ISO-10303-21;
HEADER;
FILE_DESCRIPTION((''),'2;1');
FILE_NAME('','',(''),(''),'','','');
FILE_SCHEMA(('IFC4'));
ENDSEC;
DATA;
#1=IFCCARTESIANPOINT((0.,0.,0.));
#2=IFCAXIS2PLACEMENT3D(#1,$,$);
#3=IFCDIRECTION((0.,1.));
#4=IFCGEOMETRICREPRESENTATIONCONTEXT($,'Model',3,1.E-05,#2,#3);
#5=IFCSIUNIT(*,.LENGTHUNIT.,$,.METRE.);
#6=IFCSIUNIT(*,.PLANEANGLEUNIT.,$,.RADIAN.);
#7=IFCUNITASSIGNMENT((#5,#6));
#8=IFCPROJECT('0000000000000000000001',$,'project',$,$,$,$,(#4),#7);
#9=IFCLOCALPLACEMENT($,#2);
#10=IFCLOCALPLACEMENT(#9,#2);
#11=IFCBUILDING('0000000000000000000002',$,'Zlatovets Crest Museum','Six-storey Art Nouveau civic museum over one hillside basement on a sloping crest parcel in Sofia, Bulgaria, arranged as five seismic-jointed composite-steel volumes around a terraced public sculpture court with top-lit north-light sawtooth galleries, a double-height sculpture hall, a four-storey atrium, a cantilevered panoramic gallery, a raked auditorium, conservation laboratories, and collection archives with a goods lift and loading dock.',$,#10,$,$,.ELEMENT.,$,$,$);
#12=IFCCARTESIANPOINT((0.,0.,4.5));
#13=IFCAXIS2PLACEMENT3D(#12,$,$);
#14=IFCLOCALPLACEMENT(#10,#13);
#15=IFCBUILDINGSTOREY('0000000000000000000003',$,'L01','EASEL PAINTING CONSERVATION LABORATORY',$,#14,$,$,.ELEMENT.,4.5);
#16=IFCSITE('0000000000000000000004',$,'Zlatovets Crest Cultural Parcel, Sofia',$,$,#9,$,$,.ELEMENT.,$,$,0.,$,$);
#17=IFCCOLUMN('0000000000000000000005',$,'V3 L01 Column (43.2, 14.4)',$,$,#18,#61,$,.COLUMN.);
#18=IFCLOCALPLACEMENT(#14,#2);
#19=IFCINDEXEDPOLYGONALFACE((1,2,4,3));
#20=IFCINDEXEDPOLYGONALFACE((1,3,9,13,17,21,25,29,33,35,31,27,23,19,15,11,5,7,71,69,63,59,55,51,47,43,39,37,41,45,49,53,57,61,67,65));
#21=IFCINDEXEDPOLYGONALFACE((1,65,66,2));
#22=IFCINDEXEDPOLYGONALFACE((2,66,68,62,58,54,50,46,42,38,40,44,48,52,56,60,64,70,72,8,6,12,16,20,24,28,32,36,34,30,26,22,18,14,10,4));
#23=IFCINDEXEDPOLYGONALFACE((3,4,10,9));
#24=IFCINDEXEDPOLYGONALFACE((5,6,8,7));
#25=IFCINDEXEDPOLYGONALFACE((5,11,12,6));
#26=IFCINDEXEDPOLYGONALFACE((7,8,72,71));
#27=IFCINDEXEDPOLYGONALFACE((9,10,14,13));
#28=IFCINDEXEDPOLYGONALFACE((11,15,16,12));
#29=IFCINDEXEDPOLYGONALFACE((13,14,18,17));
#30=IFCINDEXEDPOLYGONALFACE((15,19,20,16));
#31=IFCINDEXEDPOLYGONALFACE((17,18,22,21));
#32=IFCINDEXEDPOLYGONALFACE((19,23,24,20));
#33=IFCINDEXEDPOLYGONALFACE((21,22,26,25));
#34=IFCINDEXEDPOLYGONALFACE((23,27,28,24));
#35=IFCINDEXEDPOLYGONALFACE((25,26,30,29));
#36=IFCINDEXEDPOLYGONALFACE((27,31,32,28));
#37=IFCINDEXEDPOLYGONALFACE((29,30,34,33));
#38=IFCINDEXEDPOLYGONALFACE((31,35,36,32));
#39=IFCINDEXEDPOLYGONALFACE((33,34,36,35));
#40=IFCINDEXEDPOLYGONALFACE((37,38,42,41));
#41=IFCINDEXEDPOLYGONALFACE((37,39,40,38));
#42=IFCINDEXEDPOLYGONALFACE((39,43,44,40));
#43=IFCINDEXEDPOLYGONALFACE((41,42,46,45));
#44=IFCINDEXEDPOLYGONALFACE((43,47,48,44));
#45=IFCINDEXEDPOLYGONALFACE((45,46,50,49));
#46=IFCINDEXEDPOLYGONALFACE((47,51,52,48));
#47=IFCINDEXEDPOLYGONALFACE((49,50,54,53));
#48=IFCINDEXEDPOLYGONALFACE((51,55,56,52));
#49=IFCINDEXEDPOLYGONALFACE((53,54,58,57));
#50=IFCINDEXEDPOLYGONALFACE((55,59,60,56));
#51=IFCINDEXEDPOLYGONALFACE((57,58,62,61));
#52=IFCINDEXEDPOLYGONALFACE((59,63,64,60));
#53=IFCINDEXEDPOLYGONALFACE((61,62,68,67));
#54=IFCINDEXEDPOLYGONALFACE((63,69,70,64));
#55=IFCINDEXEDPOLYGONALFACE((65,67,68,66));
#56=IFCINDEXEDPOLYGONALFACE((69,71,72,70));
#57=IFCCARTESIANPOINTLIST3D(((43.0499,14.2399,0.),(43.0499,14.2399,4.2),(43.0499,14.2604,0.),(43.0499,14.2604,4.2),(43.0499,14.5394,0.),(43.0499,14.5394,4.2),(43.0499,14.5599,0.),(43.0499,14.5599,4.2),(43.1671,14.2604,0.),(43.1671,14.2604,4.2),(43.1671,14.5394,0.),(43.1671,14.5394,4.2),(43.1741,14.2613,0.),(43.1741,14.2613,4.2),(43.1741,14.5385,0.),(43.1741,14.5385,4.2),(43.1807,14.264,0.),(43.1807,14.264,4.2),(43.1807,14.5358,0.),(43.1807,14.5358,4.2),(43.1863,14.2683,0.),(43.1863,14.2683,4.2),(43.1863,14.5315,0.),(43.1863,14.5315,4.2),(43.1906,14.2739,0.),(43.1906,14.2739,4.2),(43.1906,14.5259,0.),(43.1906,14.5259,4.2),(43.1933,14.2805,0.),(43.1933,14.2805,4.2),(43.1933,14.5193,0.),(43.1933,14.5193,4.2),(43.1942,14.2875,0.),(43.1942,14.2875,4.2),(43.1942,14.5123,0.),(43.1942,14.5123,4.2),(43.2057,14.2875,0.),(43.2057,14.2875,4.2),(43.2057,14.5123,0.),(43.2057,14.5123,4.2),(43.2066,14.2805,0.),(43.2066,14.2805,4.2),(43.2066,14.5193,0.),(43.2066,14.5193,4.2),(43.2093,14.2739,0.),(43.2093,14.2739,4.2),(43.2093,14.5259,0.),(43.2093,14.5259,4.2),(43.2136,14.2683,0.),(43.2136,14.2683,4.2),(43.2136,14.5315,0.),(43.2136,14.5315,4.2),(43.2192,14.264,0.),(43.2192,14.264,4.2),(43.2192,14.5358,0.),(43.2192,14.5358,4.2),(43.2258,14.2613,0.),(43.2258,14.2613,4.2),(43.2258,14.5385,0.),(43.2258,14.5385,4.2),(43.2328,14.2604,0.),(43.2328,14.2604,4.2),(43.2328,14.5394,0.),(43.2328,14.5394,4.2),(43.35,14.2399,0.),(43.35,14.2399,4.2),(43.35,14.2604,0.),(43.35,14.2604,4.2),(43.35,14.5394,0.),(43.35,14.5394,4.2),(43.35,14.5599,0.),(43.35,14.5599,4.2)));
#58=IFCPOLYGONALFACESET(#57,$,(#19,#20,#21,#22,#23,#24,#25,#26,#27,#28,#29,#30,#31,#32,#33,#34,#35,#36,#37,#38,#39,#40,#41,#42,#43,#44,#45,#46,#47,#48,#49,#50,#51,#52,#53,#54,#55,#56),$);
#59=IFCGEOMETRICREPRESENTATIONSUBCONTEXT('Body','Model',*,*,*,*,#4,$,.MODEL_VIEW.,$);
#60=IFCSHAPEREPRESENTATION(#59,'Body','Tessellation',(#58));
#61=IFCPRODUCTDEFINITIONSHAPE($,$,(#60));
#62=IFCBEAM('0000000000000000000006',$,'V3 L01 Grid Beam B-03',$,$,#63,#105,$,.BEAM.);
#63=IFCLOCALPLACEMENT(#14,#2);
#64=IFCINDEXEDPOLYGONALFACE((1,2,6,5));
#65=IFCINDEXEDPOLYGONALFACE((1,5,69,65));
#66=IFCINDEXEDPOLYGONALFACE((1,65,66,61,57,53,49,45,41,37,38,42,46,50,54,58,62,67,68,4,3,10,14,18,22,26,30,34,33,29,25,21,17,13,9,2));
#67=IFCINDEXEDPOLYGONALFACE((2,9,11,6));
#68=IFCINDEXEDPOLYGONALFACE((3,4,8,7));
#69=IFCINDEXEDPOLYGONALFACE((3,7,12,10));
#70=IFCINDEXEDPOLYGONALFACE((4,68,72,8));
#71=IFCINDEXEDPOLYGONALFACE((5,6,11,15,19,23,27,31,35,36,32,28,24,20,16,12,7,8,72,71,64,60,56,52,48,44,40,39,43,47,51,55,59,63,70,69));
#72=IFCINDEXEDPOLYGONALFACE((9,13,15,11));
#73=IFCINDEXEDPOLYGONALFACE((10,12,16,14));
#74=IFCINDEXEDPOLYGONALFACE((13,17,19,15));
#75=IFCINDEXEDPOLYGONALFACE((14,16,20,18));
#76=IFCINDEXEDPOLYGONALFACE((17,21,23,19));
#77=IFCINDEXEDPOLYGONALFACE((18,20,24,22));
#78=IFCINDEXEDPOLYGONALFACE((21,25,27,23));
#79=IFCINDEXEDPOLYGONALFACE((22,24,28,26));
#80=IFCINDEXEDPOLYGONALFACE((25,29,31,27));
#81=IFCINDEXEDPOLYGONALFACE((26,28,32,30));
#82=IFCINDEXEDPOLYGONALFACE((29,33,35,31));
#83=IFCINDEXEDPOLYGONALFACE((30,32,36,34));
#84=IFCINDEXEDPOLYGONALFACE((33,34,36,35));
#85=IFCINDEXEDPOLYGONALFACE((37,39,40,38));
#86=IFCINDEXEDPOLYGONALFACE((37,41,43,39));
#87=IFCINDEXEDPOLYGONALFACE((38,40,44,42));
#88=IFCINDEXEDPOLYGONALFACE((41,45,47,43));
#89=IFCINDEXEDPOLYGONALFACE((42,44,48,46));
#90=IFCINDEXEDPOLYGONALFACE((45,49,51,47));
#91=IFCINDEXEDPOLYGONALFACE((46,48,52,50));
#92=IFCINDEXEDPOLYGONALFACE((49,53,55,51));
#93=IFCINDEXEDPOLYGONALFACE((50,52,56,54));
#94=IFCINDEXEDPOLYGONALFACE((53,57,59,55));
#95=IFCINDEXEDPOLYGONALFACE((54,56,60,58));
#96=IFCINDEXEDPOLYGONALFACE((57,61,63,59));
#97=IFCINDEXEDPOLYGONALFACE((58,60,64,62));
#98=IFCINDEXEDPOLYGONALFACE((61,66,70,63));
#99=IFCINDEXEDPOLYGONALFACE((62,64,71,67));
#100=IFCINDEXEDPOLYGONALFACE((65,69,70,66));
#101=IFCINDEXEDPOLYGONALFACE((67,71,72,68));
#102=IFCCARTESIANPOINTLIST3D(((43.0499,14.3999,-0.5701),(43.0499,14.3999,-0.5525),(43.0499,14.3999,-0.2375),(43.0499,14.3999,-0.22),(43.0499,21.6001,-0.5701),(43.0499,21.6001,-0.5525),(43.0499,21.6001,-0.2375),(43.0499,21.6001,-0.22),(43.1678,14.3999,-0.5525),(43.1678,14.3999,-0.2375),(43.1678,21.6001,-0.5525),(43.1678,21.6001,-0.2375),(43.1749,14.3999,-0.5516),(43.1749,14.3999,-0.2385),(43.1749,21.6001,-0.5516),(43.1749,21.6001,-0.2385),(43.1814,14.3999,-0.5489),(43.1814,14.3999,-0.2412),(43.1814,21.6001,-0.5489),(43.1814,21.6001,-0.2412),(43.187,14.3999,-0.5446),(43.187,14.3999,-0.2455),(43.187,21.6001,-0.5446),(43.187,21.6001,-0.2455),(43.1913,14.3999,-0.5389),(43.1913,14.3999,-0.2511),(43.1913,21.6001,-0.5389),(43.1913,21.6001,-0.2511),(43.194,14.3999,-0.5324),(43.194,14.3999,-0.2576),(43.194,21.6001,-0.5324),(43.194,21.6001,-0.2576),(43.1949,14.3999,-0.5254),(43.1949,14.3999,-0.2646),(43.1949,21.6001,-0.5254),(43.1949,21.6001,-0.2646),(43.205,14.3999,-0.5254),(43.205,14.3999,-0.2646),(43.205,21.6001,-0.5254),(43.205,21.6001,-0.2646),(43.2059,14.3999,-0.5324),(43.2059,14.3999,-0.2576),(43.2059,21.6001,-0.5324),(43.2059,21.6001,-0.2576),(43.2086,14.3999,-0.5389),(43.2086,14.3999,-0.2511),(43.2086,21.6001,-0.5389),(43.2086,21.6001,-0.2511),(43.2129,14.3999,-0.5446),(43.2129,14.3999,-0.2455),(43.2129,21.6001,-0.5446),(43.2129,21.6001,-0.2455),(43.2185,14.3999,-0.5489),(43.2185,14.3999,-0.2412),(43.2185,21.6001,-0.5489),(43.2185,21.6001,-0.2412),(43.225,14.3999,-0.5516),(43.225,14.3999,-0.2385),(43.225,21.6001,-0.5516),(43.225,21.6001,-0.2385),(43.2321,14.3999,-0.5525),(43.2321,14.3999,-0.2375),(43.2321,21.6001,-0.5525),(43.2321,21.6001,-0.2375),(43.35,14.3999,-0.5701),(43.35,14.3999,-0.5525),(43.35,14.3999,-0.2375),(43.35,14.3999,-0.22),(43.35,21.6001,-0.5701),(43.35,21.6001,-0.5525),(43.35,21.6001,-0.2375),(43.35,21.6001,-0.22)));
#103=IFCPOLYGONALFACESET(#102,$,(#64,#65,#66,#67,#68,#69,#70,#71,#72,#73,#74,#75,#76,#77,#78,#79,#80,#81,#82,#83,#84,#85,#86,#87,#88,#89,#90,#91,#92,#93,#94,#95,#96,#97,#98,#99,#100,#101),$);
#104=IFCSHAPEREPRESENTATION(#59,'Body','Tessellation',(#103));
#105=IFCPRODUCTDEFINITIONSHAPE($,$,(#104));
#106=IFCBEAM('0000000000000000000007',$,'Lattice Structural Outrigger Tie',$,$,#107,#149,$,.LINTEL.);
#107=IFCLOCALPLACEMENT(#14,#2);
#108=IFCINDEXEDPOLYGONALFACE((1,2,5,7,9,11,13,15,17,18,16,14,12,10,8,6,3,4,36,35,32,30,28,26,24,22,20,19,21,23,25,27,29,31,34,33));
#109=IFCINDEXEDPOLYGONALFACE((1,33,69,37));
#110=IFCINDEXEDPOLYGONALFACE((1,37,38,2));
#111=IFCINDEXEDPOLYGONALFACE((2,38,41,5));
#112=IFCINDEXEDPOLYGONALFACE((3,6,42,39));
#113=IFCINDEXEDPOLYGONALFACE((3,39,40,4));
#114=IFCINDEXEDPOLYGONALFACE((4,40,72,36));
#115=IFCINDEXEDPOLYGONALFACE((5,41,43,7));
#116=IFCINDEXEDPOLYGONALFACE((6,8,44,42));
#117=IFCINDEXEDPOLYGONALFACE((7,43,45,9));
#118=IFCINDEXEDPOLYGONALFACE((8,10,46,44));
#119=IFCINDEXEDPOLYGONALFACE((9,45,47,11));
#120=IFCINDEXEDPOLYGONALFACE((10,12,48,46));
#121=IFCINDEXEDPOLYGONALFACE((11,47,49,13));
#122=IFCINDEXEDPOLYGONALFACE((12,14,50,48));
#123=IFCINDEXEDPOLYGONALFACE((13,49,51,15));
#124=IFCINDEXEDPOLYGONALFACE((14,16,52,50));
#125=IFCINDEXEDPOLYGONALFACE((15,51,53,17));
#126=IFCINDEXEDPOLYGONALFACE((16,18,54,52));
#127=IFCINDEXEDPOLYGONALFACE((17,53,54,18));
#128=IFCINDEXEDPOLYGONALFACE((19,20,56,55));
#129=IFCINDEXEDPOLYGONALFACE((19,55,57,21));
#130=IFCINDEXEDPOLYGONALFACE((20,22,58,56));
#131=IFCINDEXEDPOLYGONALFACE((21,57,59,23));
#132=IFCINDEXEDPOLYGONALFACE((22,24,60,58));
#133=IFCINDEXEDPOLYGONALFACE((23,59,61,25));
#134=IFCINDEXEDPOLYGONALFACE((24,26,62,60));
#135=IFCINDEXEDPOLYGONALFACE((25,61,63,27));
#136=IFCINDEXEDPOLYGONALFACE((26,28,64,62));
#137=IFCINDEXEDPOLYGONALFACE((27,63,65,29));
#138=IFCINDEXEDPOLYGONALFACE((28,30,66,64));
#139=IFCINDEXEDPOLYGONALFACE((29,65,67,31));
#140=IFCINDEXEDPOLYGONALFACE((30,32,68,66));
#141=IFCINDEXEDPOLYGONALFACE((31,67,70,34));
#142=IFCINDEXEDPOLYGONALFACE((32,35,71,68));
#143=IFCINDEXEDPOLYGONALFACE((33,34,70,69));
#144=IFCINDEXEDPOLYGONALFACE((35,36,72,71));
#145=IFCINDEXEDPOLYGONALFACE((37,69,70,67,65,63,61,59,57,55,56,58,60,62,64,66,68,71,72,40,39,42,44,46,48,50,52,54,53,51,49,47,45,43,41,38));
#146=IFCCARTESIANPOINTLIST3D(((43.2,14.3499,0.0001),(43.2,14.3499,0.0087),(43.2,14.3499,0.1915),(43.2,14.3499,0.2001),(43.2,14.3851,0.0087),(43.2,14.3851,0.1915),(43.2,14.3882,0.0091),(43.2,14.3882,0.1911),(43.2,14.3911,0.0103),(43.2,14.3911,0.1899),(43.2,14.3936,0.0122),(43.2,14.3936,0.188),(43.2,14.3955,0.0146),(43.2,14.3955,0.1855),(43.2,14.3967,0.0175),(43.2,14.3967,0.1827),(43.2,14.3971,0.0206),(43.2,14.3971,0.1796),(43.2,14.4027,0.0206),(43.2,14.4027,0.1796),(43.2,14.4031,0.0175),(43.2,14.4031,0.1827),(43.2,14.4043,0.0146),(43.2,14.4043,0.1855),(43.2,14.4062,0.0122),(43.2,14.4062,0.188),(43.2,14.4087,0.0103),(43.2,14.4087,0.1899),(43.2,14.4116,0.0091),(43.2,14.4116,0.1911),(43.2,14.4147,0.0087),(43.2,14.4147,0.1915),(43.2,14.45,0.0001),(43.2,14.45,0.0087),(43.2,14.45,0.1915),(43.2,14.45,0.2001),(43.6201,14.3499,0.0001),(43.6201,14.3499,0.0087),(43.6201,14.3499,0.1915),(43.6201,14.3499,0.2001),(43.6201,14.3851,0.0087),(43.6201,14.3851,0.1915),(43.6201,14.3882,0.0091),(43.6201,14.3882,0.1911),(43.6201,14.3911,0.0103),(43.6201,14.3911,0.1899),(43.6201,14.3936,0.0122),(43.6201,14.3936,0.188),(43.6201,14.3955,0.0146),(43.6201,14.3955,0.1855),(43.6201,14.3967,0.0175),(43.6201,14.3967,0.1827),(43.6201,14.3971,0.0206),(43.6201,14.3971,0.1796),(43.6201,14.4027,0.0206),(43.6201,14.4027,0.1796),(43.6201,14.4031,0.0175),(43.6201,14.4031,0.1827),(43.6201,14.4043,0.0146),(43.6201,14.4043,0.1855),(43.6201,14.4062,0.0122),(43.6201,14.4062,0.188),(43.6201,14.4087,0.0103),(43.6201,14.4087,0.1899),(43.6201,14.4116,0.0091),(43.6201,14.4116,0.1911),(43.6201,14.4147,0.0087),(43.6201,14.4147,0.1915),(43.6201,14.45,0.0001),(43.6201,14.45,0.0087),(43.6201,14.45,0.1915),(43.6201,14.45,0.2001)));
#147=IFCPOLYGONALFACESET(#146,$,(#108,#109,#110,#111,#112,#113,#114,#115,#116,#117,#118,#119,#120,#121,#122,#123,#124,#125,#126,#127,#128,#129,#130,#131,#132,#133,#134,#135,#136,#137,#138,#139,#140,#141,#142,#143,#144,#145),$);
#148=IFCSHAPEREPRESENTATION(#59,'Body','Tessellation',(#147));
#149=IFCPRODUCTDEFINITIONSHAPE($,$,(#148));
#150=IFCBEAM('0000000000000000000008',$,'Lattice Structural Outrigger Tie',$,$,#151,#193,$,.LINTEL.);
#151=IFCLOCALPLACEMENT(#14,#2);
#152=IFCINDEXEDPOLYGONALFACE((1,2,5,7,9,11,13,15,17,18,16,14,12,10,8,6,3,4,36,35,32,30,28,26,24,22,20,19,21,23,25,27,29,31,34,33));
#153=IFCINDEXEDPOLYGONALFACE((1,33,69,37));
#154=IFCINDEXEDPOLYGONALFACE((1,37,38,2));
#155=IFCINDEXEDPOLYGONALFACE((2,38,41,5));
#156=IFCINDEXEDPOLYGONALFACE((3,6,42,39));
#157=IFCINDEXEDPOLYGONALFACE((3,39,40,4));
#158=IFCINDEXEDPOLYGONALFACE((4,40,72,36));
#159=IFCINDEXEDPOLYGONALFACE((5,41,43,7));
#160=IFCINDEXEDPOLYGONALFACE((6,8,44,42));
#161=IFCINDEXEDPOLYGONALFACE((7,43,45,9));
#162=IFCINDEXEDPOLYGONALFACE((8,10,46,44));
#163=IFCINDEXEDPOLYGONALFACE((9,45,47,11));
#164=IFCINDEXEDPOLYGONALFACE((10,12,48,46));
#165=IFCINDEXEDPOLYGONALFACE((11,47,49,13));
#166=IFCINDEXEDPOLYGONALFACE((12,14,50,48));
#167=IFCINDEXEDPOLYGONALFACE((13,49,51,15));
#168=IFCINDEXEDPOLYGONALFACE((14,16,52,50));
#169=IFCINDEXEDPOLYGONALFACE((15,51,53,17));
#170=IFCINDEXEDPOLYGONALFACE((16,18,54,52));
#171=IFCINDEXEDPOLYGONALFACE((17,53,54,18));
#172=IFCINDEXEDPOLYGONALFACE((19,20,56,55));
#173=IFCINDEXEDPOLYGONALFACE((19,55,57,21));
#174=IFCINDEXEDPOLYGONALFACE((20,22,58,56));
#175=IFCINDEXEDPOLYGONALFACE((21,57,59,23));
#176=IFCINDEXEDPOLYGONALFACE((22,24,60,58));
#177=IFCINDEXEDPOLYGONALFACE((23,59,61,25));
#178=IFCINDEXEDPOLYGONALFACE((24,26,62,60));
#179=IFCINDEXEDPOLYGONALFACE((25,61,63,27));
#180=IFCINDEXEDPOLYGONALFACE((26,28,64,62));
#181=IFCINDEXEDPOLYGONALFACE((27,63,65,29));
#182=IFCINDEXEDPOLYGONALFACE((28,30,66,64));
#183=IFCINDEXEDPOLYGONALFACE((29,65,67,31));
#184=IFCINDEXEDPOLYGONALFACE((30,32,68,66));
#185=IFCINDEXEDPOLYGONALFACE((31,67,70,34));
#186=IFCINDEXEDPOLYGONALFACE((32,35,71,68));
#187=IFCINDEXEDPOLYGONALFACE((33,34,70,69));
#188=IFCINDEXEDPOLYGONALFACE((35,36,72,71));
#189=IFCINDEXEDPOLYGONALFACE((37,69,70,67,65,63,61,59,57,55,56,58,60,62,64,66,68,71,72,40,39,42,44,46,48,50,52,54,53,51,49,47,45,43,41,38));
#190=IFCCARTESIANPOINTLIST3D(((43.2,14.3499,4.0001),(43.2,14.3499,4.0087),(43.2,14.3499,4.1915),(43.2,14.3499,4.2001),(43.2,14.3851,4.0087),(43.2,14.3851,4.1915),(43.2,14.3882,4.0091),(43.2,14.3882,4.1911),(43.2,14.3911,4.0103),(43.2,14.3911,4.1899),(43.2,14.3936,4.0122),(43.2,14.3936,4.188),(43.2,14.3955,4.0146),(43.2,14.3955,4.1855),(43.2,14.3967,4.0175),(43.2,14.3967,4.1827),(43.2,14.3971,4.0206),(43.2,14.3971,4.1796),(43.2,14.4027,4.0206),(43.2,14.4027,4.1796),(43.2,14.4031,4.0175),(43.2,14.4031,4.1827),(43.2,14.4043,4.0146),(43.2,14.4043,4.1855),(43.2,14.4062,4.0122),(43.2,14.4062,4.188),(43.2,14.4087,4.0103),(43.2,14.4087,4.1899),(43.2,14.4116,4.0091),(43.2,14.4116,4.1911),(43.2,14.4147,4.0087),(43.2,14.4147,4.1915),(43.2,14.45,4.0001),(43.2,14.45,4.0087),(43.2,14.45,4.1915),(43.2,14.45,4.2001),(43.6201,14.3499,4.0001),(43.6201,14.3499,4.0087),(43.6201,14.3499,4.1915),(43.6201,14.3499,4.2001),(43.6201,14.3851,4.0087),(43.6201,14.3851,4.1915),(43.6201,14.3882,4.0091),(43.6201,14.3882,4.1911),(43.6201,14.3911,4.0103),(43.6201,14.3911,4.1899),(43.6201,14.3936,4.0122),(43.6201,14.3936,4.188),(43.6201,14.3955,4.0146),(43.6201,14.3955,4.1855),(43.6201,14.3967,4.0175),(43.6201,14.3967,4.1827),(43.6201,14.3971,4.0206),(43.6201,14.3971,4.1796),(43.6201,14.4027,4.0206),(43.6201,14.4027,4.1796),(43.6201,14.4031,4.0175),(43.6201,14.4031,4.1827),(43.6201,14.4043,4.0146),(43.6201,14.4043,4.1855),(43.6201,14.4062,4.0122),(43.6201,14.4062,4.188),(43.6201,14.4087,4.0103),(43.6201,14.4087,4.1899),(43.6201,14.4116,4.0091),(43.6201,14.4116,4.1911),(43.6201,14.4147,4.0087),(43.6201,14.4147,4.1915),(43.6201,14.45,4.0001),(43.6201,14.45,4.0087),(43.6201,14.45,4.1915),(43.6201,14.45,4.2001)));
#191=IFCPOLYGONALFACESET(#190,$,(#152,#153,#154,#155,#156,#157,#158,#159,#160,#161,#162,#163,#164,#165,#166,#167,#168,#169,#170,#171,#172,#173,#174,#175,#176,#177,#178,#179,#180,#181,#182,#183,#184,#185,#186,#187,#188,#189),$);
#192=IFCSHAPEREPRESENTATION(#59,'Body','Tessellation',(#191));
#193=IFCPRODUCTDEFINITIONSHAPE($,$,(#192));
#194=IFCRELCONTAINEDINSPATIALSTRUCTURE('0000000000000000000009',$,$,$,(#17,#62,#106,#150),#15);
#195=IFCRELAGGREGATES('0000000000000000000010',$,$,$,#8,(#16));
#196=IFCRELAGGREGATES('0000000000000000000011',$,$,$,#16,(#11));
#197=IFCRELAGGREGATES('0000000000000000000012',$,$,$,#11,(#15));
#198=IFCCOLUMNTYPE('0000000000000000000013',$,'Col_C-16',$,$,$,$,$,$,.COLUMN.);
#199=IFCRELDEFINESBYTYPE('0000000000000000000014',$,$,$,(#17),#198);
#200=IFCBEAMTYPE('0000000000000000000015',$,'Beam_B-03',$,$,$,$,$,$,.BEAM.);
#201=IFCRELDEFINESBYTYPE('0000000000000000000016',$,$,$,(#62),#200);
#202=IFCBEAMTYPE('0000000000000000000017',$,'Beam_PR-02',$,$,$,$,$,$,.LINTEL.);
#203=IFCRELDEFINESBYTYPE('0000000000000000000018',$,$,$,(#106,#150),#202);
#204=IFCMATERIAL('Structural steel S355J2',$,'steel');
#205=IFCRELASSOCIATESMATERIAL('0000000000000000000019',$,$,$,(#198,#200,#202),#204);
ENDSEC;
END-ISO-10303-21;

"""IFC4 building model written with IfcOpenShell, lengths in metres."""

from ifc_helpers import new_model, si_unit, direction, frame, origin, origin_2d, place, context, subcontext, project, spatial, i_section, extrude, material, material_profile, profile_set, type_object, element, save


model = new_model("IFC4")

# Units and contexts
model_context = context("Model", 3, precision=1e-05, world=origin(), true_north=direction((0.0, 1.0)))
body_context = subcontext(model_context, "Body", "Model", "MODEL_VIEW")
ifc_project = project(units=[si_unit("LENGTHUNIT", "METRE"), si_unit("PLANEANGLEUNIT", "RADIAN")], contexts=[model_context])

# Site, building, storey
site_placement = place(None, origin())
site = spatial("IfcSite", under=ifc_project, at=site_placement, Name="Zlatovets Crest Cultural Parcel, Sofia", CompositionType="ELEMENT", RefElevation=0.0)
building_placement = place(site_placement, origin())
building = spatial("IfcBuilding", under=site, at=building_placement, Name="Zlatovets Crest Museum", Description="Six-storey Art Nouveau civic museum over one hillside basement on a sloping crest parcel in Sofia, Bulgaria, arranged as five seismic-jointed composite-steel volumes around a terraced public sculpture court with top-lit north-light sawtooth galleries, a double-height sculpture hall, a four-storey atrium, a cantilevered panoramic gallery, a raked auditorium, conservation laboratories, and collection archives with a goods lift and loading dock.", CompositionType="ELEMENT")
storey_placement = place(building_placement, frame((0.0, 0.0, 4.5)))
storey = spatial("IfcBuildingStorey", under=building, at=storey_placement, Name="L01", Description="EASEL PAINTING CONSERVATION LABORATORY", CompositionType="ELEMENT", Elevation=4.5)

# Column
ifc_material_1 = material(Name="Structural steel S355J2", Category="steel")
ifc_material_profile_1 = material_profile(ifc_material_1, i_section(OverallWidth=0.3, OverallDepth=0.3201, WebThickness=0.0115, FlangeThickness=0.0205, FilletRadius=0.0271, at=origin_2d()), Name="HEB 320")
ifc_profile_set_1 = profile_set([ifc_material_profile_1], Name="Structural steel S355J2")
column_type = type_object("IfcColumnType", Name="Col_C-16", PredefinedType="COLUMN", material=ifc_profile_set_1)
column_placement = place(storey_placement, frame((43.2, 14.3999, 0.0), z_axis=(0.0, 0.0, 1.0), x_axis=(1.0, 0.0, 0.0)))
element("IfcColumn", 1, at=column_placement, inside=storey, type_object=column_type, Name="V3 L01 Column (43.2, 14.4)", PredefinedType="COLUMN", context=body_context, shape_type="SweptSolid", body=[
    extrude(i_section(OverallWidth=0.3, OverallDepth=0.3201, WebThickness=0.0115, FlangeThickness=0.0205, FilletRadius=0.0271, at=origin_2d()), origin(), (0.0, 0.0, 1.0), 4.2),
])

# Beams
ifc_material_profile_2 = material_profile(ifc_material_1, i_section(OverallWidth=0.3, OverallDepth=0.3501, WebThickness=0.01, FlangeThickness=0.0176, FilletRadius=0.0271, at=origin_2d()), Name="HEA 360")
ifc_profile_set_2 = profile_set([ifc_material_profile_2], Name="Structural steel S355J2")
beam_type_1 = type_object("IfcBeamType", Name="Beam_B-03", PredefinedType="BEAM", material=ifc_profile_set_2)
beam_placement = place(storey_placement, frame((43.2, 14.3999, -0.395), z_axis=(0.0, 1.0, 0.0), x_axis=(-1.0, 0.0, 0.0)))
element("IfcBeam", 2, at=beam_placement, inside=storey, type_object=beam_type_1, Name="V3 L01 Grid Beam B-03", PredefinedType="BEAM", context=body_context, shape_type="SweptSolid", body=[
    extrude(i_section(OverallWidth=0.3, OverallDepth=0.3501, WebThickness=0.01, FlangeThickness=0.0176, FilletRadius=0.0271, at=origin_2d()), origin(), (0.0, 0.0, 1.0), 7.2002),
])
ifc_material_profile_3 = material_profile(ifc_material_1, i_section(OverallWidth=0.1001, OverallDepth=0.2, WebThickness=0.0056, FlangeThickness=0.0085, FilletRadius=0.012, at=origin_2d()), Name="IPE 200")
ifc_profile_set_3 = profile_set([ifc_material_profile_3], Name="Structural steel S355J2")
beam_type_2 = type_object("IfcBeamType", Name="Beam_PR-02", PredefinedType="LINTEL", material=ifc_profile_set_3)
for number, where, z_axis, x_axis, name in (
    (3, (43.2, 14.3999, 0.1001), (1.0, 0.0, 0.0), (0.0, 1.0, 0.0), "Lattice Structural Outrigger Tie"),
    (4, (43.2, 14.3999, 4.1001), (1.0, 0.0, 0.0), (0.0, 1.0, 0.0), "Lattice Structural Outrigger Tie"),
):
    element("IfcBeam", number, at=place(storey_placement, frame(where, z_axis=z_axis, x_axis=x_axis)), inside=storey, type_object=beam_type_2, Name=name, PredefinedType="LINTEL", context=body_context, shape_type="SweptSolid", body=[
        extrude(i_section(OverallWidth=0.1001, OverallDepth=0.2, WebThickness=0.0056, FlangeThickness=0.0085, FilletRadius=0.012, at=origin_2d()), origin(), (0.0, 0.0, 1.0), 0.4202),
    ])

save(model, "model.ifc")
